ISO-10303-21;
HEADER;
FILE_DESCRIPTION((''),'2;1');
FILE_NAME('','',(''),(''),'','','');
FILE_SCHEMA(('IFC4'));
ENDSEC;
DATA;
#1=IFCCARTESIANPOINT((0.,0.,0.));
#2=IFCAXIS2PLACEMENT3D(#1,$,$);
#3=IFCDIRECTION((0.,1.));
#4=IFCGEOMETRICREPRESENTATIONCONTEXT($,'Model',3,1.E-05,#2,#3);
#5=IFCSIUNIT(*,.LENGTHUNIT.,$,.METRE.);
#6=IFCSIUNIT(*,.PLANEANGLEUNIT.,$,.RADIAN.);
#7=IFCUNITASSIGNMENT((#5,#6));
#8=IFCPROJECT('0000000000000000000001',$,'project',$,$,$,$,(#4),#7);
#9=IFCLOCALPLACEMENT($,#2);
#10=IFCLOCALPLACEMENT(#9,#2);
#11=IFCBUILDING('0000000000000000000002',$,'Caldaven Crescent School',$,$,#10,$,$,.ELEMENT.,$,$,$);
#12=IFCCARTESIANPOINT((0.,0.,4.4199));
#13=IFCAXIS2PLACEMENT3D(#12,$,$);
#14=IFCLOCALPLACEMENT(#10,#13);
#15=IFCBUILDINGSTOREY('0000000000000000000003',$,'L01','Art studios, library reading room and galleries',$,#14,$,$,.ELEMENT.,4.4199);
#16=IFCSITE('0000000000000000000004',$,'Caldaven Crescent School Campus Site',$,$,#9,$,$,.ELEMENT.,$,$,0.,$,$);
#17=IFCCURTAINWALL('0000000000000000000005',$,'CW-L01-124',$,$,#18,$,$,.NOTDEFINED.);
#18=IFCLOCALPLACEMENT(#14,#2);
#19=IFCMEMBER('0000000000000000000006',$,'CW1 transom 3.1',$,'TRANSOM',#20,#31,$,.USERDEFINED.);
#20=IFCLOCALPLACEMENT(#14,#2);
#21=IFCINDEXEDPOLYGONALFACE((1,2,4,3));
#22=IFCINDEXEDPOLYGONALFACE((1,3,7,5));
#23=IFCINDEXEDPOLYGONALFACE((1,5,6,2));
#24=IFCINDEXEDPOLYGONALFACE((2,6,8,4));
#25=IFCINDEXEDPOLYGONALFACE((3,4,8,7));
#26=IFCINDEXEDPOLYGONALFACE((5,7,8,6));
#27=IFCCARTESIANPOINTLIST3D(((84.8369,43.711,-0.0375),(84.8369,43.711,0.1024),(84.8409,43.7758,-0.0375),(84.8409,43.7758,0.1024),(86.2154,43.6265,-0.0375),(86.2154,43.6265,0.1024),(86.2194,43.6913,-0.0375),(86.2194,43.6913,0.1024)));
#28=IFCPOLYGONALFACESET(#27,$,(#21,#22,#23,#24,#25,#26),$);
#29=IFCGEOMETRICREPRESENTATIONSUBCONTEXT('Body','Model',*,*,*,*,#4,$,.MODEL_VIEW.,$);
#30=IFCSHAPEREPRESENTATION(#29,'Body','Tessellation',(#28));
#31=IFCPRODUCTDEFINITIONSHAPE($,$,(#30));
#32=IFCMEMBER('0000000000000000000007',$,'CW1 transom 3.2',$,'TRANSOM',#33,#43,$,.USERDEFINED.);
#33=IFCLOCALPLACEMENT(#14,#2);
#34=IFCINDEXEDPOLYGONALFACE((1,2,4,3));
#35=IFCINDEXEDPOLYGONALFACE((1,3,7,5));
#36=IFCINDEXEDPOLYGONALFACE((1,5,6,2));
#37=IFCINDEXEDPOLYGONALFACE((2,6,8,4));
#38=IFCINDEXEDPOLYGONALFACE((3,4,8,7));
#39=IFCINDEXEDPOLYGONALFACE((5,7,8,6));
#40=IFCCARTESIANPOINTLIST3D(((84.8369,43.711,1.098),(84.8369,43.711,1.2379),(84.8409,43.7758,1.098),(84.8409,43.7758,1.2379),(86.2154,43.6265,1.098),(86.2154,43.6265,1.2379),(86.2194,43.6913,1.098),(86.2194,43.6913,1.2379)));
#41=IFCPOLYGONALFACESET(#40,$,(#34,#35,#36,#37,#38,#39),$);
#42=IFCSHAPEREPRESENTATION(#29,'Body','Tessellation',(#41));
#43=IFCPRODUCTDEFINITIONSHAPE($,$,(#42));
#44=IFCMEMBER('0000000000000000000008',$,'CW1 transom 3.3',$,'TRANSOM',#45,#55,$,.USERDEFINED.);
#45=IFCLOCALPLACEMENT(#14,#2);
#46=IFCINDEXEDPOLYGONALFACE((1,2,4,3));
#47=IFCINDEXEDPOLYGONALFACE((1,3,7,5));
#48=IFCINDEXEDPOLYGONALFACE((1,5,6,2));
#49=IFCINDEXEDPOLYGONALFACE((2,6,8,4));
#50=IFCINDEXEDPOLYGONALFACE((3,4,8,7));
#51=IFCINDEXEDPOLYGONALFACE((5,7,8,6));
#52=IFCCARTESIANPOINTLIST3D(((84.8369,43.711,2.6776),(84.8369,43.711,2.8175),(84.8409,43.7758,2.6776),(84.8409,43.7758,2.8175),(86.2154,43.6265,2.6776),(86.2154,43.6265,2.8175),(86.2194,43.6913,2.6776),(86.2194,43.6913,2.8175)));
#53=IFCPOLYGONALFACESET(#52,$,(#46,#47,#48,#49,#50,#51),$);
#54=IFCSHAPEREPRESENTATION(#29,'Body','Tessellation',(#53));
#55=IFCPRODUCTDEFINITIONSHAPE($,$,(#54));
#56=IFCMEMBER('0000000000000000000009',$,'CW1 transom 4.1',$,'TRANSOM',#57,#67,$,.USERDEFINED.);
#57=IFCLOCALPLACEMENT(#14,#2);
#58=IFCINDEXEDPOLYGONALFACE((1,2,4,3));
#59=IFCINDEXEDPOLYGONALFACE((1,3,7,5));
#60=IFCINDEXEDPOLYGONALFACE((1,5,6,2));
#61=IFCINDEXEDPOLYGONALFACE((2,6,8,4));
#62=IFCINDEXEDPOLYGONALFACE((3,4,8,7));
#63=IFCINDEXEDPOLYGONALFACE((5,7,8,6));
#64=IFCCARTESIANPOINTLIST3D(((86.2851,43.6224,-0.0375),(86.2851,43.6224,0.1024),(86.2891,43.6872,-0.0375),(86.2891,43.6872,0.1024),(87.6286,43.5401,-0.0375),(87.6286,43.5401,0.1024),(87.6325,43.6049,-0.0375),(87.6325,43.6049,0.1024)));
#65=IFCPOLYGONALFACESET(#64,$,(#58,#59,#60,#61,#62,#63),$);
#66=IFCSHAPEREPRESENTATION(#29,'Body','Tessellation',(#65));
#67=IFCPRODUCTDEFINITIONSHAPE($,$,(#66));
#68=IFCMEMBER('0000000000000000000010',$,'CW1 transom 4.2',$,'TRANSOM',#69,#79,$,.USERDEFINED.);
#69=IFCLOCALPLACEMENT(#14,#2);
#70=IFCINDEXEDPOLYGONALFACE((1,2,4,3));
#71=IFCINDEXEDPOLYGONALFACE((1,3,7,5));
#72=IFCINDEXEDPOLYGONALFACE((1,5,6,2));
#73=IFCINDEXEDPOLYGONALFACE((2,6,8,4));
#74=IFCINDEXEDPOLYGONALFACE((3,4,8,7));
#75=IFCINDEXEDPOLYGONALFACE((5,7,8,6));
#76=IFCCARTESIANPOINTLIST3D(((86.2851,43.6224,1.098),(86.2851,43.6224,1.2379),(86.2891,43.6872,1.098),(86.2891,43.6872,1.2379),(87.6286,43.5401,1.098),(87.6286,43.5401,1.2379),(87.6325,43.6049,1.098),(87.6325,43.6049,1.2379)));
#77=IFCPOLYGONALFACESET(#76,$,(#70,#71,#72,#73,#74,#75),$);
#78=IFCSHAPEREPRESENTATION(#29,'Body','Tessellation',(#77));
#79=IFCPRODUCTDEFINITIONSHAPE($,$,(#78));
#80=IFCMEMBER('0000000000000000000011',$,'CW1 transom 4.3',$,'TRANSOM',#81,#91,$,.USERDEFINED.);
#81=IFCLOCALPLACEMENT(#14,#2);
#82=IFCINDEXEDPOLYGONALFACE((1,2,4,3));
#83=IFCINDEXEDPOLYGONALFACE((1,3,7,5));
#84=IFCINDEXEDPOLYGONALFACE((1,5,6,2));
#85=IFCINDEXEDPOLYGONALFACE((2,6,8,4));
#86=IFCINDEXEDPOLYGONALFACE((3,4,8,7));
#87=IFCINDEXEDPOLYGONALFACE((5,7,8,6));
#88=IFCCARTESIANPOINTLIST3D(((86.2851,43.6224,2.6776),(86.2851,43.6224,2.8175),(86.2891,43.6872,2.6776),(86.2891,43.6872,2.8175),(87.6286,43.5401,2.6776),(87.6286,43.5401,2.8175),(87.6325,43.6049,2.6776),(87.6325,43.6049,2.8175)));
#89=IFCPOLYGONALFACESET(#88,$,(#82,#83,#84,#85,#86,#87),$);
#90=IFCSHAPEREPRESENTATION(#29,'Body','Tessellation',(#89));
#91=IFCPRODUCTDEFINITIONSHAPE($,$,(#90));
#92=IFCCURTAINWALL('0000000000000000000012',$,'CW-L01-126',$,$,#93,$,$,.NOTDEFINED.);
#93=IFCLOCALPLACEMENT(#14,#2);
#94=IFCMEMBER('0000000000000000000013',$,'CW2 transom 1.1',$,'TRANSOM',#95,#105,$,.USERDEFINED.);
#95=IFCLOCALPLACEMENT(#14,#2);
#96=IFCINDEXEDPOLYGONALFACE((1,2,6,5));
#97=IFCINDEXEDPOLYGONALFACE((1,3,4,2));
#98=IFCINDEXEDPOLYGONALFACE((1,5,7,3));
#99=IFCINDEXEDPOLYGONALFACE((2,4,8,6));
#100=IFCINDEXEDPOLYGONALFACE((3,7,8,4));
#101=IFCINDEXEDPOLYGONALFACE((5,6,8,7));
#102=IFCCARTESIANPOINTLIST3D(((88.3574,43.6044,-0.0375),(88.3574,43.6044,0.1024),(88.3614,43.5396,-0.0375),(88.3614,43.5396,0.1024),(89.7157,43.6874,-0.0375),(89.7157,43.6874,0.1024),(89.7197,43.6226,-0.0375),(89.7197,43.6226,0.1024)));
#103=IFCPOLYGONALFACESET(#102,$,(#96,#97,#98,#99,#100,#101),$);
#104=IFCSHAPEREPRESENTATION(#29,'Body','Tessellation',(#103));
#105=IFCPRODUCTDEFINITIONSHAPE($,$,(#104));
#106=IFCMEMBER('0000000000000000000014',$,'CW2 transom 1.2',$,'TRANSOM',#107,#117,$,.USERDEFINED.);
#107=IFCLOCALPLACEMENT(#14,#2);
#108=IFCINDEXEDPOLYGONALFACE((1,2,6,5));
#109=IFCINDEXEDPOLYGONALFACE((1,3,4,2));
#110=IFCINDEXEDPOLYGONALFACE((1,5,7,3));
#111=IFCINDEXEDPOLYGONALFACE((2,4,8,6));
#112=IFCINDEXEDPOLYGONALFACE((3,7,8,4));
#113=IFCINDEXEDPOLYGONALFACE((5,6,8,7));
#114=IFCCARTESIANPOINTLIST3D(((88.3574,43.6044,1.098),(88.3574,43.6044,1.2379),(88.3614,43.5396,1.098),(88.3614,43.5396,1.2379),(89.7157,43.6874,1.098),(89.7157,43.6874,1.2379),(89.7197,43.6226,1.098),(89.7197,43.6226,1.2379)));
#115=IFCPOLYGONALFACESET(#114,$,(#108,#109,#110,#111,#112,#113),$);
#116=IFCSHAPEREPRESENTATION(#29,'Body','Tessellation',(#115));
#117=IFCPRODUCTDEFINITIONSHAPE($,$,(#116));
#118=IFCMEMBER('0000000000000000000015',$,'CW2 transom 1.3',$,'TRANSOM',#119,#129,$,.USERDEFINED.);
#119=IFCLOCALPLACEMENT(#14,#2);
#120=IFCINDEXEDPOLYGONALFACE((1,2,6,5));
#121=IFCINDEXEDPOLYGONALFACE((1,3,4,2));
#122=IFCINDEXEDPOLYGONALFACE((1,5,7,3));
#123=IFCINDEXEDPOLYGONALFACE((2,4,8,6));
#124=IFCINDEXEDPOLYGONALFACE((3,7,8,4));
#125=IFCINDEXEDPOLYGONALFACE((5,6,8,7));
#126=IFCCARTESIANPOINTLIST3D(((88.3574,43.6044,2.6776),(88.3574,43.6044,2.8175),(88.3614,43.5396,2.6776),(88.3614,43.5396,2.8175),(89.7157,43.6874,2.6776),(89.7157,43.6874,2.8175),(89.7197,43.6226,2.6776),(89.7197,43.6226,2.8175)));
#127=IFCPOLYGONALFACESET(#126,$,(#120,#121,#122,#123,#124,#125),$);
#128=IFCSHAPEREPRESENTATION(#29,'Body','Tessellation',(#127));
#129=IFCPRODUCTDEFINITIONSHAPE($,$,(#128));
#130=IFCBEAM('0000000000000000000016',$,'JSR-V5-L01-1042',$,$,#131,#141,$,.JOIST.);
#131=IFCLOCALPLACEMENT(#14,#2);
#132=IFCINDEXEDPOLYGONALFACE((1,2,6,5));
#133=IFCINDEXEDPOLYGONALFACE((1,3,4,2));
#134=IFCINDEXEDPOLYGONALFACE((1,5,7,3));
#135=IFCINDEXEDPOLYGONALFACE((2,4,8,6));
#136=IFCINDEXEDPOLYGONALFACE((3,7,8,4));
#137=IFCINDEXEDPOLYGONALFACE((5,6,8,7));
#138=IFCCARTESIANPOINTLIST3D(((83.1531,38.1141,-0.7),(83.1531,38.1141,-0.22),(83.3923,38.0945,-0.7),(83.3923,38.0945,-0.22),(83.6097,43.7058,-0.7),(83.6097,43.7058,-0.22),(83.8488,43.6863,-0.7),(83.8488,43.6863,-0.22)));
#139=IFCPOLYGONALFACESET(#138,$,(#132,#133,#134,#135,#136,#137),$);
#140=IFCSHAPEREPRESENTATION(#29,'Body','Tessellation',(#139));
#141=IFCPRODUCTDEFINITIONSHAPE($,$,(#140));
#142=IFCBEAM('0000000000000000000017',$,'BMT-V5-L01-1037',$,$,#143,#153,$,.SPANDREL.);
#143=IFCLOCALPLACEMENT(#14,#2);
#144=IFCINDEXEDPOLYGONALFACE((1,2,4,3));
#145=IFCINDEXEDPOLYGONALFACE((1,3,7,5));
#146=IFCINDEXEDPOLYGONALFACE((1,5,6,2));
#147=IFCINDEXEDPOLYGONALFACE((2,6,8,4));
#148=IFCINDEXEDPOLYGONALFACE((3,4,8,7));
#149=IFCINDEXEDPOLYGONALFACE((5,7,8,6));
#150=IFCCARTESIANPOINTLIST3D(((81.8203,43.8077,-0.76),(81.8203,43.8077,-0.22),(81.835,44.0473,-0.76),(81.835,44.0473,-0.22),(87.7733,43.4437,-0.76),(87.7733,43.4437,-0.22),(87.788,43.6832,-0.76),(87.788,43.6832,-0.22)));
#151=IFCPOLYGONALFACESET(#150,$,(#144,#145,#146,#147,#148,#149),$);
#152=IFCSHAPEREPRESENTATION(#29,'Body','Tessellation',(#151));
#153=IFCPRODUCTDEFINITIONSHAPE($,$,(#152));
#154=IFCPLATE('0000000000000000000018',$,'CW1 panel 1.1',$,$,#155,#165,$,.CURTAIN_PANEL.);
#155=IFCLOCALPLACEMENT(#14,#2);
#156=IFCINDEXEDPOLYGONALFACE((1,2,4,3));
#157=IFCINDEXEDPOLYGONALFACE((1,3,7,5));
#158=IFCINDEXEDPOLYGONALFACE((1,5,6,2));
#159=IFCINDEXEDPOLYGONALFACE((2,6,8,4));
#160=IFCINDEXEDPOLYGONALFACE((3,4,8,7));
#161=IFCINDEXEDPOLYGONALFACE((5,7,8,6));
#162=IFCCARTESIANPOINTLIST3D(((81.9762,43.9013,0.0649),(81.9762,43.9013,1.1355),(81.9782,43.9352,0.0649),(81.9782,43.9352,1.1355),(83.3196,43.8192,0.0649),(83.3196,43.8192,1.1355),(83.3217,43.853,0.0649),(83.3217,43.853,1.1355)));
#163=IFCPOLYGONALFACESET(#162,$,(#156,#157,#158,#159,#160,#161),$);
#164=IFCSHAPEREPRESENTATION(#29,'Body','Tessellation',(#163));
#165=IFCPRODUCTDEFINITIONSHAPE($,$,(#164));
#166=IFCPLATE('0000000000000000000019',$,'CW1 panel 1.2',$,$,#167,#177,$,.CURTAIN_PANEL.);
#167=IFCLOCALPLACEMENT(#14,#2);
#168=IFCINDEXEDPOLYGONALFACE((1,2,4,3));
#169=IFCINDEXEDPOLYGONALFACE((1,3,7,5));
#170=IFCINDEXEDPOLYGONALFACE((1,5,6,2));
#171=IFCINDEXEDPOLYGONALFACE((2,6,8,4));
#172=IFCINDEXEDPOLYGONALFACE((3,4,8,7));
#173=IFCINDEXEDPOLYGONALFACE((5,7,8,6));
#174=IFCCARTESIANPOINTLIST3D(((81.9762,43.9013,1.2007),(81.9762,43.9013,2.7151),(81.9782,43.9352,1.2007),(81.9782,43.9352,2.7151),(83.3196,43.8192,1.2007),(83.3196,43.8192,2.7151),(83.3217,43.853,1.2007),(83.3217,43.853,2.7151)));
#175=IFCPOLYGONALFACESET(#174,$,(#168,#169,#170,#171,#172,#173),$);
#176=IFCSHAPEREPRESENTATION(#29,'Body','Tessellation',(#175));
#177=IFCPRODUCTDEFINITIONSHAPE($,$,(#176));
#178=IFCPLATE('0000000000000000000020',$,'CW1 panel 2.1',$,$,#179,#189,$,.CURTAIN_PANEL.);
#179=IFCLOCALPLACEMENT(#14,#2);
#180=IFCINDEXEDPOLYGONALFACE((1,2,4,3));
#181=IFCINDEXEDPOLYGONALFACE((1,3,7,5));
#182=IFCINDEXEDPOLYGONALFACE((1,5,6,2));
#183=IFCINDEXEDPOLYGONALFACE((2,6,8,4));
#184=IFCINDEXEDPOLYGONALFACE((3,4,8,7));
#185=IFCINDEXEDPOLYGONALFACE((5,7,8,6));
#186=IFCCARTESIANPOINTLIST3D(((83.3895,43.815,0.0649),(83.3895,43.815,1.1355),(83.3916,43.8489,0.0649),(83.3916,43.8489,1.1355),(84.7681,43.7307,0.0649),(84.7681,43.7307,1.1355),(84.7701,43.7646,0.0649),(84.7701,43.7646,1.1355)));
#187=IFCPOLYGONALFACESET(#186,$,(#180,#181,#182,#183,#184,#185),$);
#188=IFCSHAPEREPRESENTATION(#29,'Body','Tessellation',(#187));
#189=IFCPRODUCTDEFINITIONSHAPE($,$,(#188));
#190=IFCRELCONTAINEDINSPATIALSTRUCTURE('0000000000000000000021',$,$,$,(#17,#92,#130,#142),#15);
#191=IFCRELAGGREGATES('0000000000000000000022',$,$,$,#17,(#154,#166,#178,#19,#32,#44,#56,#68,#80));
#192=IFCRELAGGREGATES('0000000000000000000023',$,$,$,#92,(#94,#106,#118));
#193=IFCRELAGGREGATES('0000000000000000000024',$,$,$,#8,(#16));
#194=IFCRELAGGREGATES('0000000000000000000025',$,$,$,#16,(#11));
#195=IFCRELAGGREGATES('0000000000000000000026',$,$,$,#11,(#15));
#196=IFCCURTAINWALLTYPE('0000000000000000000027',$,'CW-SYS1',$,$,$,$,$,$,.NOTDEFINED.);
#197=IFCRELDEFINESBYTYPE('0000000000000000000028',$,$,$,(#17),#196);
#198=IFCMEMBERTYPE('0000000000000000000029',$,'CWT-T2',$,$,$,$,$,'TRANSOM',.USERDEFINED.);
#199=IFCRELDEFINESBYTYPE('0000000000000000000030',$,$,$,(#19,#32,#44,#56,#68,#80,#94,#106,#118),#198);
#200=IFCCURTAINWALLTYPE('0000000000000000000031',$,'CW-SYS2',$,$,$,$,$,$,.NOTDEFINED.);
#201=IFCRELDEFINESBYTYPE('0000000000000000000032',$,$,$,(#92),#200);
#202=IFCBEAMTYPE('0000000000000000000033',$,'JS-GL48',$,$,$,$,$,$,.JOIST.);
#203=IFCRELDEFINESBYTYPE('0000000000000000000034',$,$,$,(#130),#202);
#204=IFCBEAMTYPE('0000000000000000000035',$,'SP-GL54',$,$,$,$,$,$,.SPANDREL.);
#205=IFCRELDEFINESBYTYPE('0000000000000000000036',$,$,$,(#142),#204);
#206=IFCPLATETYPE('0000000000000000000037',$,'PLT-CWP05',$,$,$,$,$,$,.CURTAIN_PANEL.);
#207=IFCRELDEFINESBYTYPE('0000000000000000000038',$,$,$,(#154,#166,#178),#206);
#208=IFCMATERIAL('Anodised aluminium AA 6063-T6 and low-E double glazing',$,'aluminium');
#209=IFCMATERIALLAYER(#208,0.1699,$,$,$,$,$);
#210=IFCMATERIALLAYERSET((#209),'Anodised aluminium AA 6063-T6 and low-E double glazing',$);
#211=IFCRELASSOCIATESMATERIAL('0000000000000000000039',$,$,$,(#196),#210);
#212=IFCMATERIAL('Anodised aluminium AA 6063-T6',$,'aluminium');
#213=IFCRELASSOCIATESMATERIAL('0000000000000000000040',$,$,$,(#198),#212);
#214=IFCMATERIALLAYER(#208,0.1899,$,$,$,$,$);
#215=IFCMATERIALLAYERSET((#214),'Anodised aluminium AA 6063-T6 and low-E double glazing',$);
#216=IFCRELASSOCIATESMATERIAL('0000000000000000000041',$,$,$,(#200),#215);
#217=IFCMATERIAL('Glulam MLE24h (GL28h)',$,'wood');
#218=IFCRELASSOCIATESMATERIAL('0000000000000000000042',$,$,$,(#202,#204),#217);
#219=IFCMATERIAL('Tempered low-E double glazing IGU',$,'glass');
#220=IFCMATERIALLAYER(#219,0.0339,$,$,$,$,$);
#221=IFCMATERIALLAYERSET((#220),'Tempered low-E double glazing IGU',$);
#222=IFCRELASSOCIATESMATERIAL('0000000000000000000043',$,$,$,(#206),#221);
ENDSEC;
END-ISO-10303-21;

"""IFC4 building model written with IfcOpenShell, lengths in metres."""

from ifc_helpers import new_model, si_unit, direction, frame, origin, origin_2d, place, context, subcontext, project, spatial, rectangle, extrude, material, layer, layer_set, material_profile, profile_set, type_object, element, aggregate, save


model = new_model("IFC4")

# Units and contexts
model_context = context("Model", 3, precision=1e-05, world=origin(), true_north=direction((0.0, 1.0)))
body_context = subcontext(model_context, "Body", "Model", "MODEL_VIEW")
ifc_project = project(units=[si_unit("LENGTHUNIT", "METRE"), si_unit("PLANEANGLEUNIT", "RADIAN")], contexts=[model_context])

# Site, building, storey
site_placement = place(None, origin())
site = spatial("IfcSite", under=ifc_project, at=site_placement, Name="Caldaven Crescent School Campus Site", CompositionType="ELEMENT", RefElevation=0.0)
building_placement = place(site_placement, origin())
building = spatial("IfcBuilding", under=site, at=building_placement, Name="Caldaven Crescent School", CompositionType="ELEMENT")
storey_placement = place(building_placement, frame((0.0, 0.0, 4.4199)))
storey = spatial("IfcBuildingStorey", under=building, at=storey_placement, Name="L01", Description="Art studios, library reading room and galleries", CompositionType="ELEMENT", Elevation=4.4199)

# Shared definitions
ifc_material_1 = material(Name="Glulam MLE24h (GL28h)", Category="wood")

# Shared definitions
ifc_material_2 = material(Name="Anodised aluminium AA 6063-T6 and low-E double glazing", Category="aluminium")
ifc_material_3 = material(Name="Anodised aluminium AA 6063-T6", Category="aluminium")

# Curtain walls, members
ifc_layer_1 = layer(ifc_material_2, 0.1699)
ifc_layer_set_1 = layer_set([ifc_layer_1], Name="Anodised aluminium AA 6063-T6 and low-E double glazing")
curtain_wall_type_1 = type_object("IfcCurtainWallType", Name="CW-SYS1", PredefinedType="NOTDEFINED", material=ifc_layer_set_1)
curtain_wall_1_placement = place(storey_placement, origin())
curtain_wall_1 = element("IfcCurtainWall", 1, at=curtain_wall_1_placement, inside=storey, type_object=curtain_wall_type_1, Name="CW-L01-124", PredefinedType="NOTDEFINED")
ifc_material_profile_1 = material_profile(ifc_material_3, rectangle(XDim=0.0649, YDim=0.1399, at=origin_2d()), Name="CWT 65x140")
ifc_profile_set_1 = profile_set([ifc_material_profile_1], Name="Anodised aluminium AA 6063-T6")
member_type_1 = type_object("IfcMemberType", Name="CWT-T2", ElementType="TRANSOM", PredefinedType="USERDEFINED", material=ifc_profile_set_1)
member_1_placement = place(storey_placement, frame((84.8389, 43.7434, 0.0325), z_axis=(0.998128, -0.061168, 0.0), x_axis=(0.061168, 0.998128, 0.0)))
member_1 = element("IfcMember", 2, at=member_1_placement, type_object=member_type_1, Name="CW1 transom 3.1", ObjectType="TRANSOM", PredefinedType="USERDEFINED", context=body_context, shape_type="SweptSolid", body=[
    extrude(rectangle(XDim=0.0649, YDim=0.1399, at=origin_2d()), origin(), (0.0, 0.0, 1.0), 1.3811),
])
member_2_placement = place(storey_placement, frame((84.8389, 43.7434, 1.168), z_axis=(0.998128, -0.061168, 0.0), x_axis=(0.061168, 0.998128, 0.0)))
member_2 = element("IfcMember", 3, at=member_2_placement, type_object=member_type_1, Name="CW1 transom 3.2", ObjectType="TRANSOM", PredefinedType="USERDEFINED", context=body_context, shape_type="SweptSolid", body=[
    extrude(rectangle(XDim=0.0649, YDim=0.1399, at=origin_2d()), origin(), (0.0, 0.0, 1.0), 1.3811),
])
member_3_placement = place(storey_placement, frame((84.8389, 43.7434, 2.7476), z_axis=(0.998128, -0.061168, 0.0), x_axis=(0.061168, 0.998128, 0.0)))
member_3 = element("IfcMember", 4, at=member_3_placement, type_object=member_type_1, Name="CW1 transom 3.3", ObjectType="TRANSOM", PredefinedType="USERDEFINED", context=body_context, shape_type="SweptSolid", body=[
    extrude(rectangle(XDim=0.0649, YDim=0.1399, at=origin_2d()), origin(), (0.0, 0.0, 1.0), 1.3811),
])
member_4_placement = place(storey_placement, frame((86.2871, 43.6548, 0.0325), z_axis=(0.99813, -0.061125, 0.0), x_axis=(0.061125, 0.99813, 0.0)))
member_4 = element("IfcMember", 5, at=member_4_placement, type_object=member_type_1, Name="CW1 transom 4.1", ObjectType="TRANSOM", PredefinedType="USERDEFINED", context=body_context, shape_type="SweptSolid", body=[
    extrude(rectangle(XDim=0.0649, YDim=0.1399, at=origin_2d()), origin(), (0.0, 0.0, 1.0), 1.3459),
])
member_5_placement = place(storey_placement, frame((86.2871, 43.6548, 1.168), z_axis=(0.99813, -0.061125, 0.0), x_axis=(0.061125, 0.99813, 0.0)))
member_5 = element("IfcMember", 6, at=member_5_placement, type_object=member_type_1, Name="CW1 transom 4.2", ObjectType="TRANSOM", PredefinedType="USERDEFINED", context=body_context, shape_type="SweptSolid", body=[
    extrude(rectangle(XDim=0.0649, YDim=0.1399, at=origin_2d()), origin(), (0.0, 0.0, 1.0), 1.3459),
])
member_6_placement = place(storey_placement, frame((86.2871, 43.6548, 2.7476), z_axis=(0.99813, -0.061125, 0.0), x_axis=(0.061125, 0.99813, 0.0)))
member_6 = element("IfcMember", 7, at=member_6_placement, type_object=member_type_1, Name="CW1 transom 4.3", ObjectType="TRANSOM", PredefinedType="USERDEFINED", context=body_context, shape_type="SweptSolid", body=[
    extrude(rectangle(XDim=0.0649, YDim=0.1399, at=origin_2d()), origin(), (0.0, 0.0, 1.0), 1.3459),
])
ifc_layer_2 = layer(ifc_material_2, 0.1899)
ifc_layer_set_2 = layer_set([ifc_layer_2], Name="Anodised aluminium AA 6063-T6 and low-E double glazing")
curtain_wall_type_2 = type_object("IfcCurtainWallType", Name="CW-SYS2", PredefinedType="NOTDEFINED", material=ifc_layer_set_2)
curtain_wall_2_placement = place(storey_placement, origin())
curtain_wall_2 = element("IfcCurtainWall", 8, at=curtain_wall_2_placement, inside=storey, type_object=curtain_wall_type_2, Name="CW-L01-126", PredefinedType="NOTDEFINED")
member_7_placement = place(storey_placement, frame((88.3594, 43.572, 0.0325), z_axis=(0.998138, 0.060993, 0.0), x_axis=(-0.060993, 0.998138, 0.0)))
member_7 = element("IfcMember", 9, at=member_7_placement, type_object=member_type_1, Name="CW2 transom 1.1", ObjectType="TRANSOM", PredefinedType="USERDEFINED", context=body_context, shape_type="SweptSolid", body=[
    extrude(rectangle(XDim=0.0649, YDim=0.1399, at=origin_2d()), origin(), (0.0, 0.0, 1.0), 1.3608),
])
member_8_placement = place(storey_placement, frame((88.3594, 43.572, 1.168), z_axis=(0.998138, 0.060993, 0.0), x_axis=(-0.060993, 0.998138, 0.0)))
member_8 = element("IfcMember", 10, at=member_8_placement, type_object=member_type_1, Name="CW2 transom 1.2", ObjectType="TRANSOM", PredefinedType="USERDEFINED", context=body_context, shape_type="SweptSolid", body=[
    extrude(rectangle(XDim=0.0649, YDim=0.1399, at=origin_2d()), origin(), (0.0, 0.0, 1.0), 1.3608),
])
member_9_placement = place(storey_placement, frame((88.3594, 43.572, 2.7476), z_axis=(0.998138, 0.060993, 0.0), x_axis=(-0.060993, 0.998138, 0.0)))
member_9 = element("IfcMember", 11, at=member_9_placement, type_object=member_type_1, Name="CW2 transom 1.3", ObjectType="TRANSOM", PredefinedType="USERDEFINED", context=body_context, shape_type="SweptSolid", body=[
    extrude(rectangle(XDim=0.0649, YDim=0.1399, at=origin_2d()), origin(), (0.0, 0.0, 1.0), 1.3608),
])

# Beams
ifc_material_profile_2 = material_profile(ifc_material_1, rectangle(XDim=0.24, YDim=0.48, at=origin_2d()), Name="MLE 240x480")
ifc_profile_set_2 = profile_set([ifc_material_profile_2], Name="Glulam MLE24h (GL28h)")
beam_type_1 = type_object("IfcBeamType", Name="JS-GL48", PredefinedType="JOIST", material=ifc_profile_set_2)
beam_1_placement = place(storey_placement, frame((83.7292, 43.696, -0.46), z_axis=(-0.081374, -0.996684, 0.0), x_axis=(0.996684, -0.081374, 0.0)))
element("IfcBeam", 12, at=beam_1_placement, inside=storey, type_object=beam_type_1, Name="JSR-V5-L01-1042", PredefinedType="JOIST", context=body_context, shape_type="SweptSolid", body=[
    extrude(rectangle(XDim=0.24, YDim=0.48, at=origin_2d()), origin(), (0.0, 0.0, 1.0), 5.6104),
])
ifc_material_profile_3 = material_profile(ifc_material_1, rectangle(XDim=0.24, YDim=0.54, at=origin_2d()), Name="MLE 240x540")
ifc_profile_set_3 = profile_set([ifc_material_profile_3], Name="Glulam MLE24h (GL28h)")
beam_type_2 = type_object("IfcBeamType", Name="SP-GL54", PredefinedType="SPANDREL", material=ifc_profile_set_3)
beam_2_placement = place(storey_placement, frame((81.8276, 43.9275, -0.49), z_axis=(0.998136, -0.061035, 0.0), x_axis=(0.061035, 0.998136, 0.0)))
element("IfcBeam", 13, at=beam_2_placement, inside=storey, type_object=beam_type_2, Name="BMT-V5-L01-1037", PredefinedType="SPANDREL", context=body_context, shape_type="SweptSolid", body=[
    extrude(rectangle(XDim=0.24, YDim=0.54, at=origin_2d()), origin(), (0.0, 0.0, 1.0), 5.9641),
])

# Plates
ifc_material_4 = material(Name="Tempered low-E double glazing IGU", Category="glass")
ifc_layer_3 = layer(ifc_material_4, 0.0339)
ifc_layer_set_3 = layer_set([ifc_layer_3], Name="Tempered low-E double glazing IGU")
plate_type_1 = type_object("IfcPlateType", Name="PLT-CWP05", PredefinedType="CURTAIN_PANEL", material=ifc_layer_set_3)
plate_1_placement = place(storey_placement, frame((82.6489, 43.8772, 0.0649), z_axis=(0.0, 0.0, 1.0), x_axis=(0.998135, -0.061049, 0.0)))
plate_1 = element("IfcPlate", 14, at=plate_1_placement, type_object=plate_type_1, Name="CW1 panel 1.1", PredefinedType="CURTAIN_PANEL", context=body_context, shape_type="SweptSolid", body=[
    extrude(rectangle(XDim=1.3459, YDim=0.0339, at=origin_2d()), origin(), (0.0, 0.0, 1.0), 1.0706),
])
plate_2_placement = place(storey_placement, frame((82.6489, 43.8772, 1.2007), z_axis=(0.0, 0.0, 1.0), x_axis=(0.998135, -0.061049, 0.0)))
plate_2 = element("IfcPlate", 15, at=plate_2_placement, type_object=plate_type_1, Name="CW1 panel 1.2", PredefinedType="CURTAIN_PANEL", context=body_context, shape_type="SweptSolid", body=[
    extrude(rectangle(XDim=1.3459, YDim=0.0339, at=origin_2d()), origin(), (0.0, 0.0, 1.0), 1.5144),
])
plate_3_placement = place(storey_placement, frame((84.0798, 43.7898, 0.0649), z_axis=(0.0, 0.0, 1.0), x_axis=(0.998135, -0.061049, 0.0)))
plate_3 = element("IfcPlate", 16, at=plate_3_placement, type_object=plate_type_1, Name="CW1 panel 2.1", PredefinedType="CURTAIN_PANEL", context=body_context, shape_type="SweptSolid", body=[
    extrude(rectangle(XDim=1.3811, YDim=0.0339, at=origin_2d()), origin(), (0.0, 0.0, 1.0), 1.0706),
])
aggregate(curtain_wall_1, [plate_1, plate_2, plate_3, member_1, member_2, member_3, member_4, member_5, member_6])
aggregate(curtain_wall_2, [member_7, member_8, member_9])

save(model, "model.ifc")
